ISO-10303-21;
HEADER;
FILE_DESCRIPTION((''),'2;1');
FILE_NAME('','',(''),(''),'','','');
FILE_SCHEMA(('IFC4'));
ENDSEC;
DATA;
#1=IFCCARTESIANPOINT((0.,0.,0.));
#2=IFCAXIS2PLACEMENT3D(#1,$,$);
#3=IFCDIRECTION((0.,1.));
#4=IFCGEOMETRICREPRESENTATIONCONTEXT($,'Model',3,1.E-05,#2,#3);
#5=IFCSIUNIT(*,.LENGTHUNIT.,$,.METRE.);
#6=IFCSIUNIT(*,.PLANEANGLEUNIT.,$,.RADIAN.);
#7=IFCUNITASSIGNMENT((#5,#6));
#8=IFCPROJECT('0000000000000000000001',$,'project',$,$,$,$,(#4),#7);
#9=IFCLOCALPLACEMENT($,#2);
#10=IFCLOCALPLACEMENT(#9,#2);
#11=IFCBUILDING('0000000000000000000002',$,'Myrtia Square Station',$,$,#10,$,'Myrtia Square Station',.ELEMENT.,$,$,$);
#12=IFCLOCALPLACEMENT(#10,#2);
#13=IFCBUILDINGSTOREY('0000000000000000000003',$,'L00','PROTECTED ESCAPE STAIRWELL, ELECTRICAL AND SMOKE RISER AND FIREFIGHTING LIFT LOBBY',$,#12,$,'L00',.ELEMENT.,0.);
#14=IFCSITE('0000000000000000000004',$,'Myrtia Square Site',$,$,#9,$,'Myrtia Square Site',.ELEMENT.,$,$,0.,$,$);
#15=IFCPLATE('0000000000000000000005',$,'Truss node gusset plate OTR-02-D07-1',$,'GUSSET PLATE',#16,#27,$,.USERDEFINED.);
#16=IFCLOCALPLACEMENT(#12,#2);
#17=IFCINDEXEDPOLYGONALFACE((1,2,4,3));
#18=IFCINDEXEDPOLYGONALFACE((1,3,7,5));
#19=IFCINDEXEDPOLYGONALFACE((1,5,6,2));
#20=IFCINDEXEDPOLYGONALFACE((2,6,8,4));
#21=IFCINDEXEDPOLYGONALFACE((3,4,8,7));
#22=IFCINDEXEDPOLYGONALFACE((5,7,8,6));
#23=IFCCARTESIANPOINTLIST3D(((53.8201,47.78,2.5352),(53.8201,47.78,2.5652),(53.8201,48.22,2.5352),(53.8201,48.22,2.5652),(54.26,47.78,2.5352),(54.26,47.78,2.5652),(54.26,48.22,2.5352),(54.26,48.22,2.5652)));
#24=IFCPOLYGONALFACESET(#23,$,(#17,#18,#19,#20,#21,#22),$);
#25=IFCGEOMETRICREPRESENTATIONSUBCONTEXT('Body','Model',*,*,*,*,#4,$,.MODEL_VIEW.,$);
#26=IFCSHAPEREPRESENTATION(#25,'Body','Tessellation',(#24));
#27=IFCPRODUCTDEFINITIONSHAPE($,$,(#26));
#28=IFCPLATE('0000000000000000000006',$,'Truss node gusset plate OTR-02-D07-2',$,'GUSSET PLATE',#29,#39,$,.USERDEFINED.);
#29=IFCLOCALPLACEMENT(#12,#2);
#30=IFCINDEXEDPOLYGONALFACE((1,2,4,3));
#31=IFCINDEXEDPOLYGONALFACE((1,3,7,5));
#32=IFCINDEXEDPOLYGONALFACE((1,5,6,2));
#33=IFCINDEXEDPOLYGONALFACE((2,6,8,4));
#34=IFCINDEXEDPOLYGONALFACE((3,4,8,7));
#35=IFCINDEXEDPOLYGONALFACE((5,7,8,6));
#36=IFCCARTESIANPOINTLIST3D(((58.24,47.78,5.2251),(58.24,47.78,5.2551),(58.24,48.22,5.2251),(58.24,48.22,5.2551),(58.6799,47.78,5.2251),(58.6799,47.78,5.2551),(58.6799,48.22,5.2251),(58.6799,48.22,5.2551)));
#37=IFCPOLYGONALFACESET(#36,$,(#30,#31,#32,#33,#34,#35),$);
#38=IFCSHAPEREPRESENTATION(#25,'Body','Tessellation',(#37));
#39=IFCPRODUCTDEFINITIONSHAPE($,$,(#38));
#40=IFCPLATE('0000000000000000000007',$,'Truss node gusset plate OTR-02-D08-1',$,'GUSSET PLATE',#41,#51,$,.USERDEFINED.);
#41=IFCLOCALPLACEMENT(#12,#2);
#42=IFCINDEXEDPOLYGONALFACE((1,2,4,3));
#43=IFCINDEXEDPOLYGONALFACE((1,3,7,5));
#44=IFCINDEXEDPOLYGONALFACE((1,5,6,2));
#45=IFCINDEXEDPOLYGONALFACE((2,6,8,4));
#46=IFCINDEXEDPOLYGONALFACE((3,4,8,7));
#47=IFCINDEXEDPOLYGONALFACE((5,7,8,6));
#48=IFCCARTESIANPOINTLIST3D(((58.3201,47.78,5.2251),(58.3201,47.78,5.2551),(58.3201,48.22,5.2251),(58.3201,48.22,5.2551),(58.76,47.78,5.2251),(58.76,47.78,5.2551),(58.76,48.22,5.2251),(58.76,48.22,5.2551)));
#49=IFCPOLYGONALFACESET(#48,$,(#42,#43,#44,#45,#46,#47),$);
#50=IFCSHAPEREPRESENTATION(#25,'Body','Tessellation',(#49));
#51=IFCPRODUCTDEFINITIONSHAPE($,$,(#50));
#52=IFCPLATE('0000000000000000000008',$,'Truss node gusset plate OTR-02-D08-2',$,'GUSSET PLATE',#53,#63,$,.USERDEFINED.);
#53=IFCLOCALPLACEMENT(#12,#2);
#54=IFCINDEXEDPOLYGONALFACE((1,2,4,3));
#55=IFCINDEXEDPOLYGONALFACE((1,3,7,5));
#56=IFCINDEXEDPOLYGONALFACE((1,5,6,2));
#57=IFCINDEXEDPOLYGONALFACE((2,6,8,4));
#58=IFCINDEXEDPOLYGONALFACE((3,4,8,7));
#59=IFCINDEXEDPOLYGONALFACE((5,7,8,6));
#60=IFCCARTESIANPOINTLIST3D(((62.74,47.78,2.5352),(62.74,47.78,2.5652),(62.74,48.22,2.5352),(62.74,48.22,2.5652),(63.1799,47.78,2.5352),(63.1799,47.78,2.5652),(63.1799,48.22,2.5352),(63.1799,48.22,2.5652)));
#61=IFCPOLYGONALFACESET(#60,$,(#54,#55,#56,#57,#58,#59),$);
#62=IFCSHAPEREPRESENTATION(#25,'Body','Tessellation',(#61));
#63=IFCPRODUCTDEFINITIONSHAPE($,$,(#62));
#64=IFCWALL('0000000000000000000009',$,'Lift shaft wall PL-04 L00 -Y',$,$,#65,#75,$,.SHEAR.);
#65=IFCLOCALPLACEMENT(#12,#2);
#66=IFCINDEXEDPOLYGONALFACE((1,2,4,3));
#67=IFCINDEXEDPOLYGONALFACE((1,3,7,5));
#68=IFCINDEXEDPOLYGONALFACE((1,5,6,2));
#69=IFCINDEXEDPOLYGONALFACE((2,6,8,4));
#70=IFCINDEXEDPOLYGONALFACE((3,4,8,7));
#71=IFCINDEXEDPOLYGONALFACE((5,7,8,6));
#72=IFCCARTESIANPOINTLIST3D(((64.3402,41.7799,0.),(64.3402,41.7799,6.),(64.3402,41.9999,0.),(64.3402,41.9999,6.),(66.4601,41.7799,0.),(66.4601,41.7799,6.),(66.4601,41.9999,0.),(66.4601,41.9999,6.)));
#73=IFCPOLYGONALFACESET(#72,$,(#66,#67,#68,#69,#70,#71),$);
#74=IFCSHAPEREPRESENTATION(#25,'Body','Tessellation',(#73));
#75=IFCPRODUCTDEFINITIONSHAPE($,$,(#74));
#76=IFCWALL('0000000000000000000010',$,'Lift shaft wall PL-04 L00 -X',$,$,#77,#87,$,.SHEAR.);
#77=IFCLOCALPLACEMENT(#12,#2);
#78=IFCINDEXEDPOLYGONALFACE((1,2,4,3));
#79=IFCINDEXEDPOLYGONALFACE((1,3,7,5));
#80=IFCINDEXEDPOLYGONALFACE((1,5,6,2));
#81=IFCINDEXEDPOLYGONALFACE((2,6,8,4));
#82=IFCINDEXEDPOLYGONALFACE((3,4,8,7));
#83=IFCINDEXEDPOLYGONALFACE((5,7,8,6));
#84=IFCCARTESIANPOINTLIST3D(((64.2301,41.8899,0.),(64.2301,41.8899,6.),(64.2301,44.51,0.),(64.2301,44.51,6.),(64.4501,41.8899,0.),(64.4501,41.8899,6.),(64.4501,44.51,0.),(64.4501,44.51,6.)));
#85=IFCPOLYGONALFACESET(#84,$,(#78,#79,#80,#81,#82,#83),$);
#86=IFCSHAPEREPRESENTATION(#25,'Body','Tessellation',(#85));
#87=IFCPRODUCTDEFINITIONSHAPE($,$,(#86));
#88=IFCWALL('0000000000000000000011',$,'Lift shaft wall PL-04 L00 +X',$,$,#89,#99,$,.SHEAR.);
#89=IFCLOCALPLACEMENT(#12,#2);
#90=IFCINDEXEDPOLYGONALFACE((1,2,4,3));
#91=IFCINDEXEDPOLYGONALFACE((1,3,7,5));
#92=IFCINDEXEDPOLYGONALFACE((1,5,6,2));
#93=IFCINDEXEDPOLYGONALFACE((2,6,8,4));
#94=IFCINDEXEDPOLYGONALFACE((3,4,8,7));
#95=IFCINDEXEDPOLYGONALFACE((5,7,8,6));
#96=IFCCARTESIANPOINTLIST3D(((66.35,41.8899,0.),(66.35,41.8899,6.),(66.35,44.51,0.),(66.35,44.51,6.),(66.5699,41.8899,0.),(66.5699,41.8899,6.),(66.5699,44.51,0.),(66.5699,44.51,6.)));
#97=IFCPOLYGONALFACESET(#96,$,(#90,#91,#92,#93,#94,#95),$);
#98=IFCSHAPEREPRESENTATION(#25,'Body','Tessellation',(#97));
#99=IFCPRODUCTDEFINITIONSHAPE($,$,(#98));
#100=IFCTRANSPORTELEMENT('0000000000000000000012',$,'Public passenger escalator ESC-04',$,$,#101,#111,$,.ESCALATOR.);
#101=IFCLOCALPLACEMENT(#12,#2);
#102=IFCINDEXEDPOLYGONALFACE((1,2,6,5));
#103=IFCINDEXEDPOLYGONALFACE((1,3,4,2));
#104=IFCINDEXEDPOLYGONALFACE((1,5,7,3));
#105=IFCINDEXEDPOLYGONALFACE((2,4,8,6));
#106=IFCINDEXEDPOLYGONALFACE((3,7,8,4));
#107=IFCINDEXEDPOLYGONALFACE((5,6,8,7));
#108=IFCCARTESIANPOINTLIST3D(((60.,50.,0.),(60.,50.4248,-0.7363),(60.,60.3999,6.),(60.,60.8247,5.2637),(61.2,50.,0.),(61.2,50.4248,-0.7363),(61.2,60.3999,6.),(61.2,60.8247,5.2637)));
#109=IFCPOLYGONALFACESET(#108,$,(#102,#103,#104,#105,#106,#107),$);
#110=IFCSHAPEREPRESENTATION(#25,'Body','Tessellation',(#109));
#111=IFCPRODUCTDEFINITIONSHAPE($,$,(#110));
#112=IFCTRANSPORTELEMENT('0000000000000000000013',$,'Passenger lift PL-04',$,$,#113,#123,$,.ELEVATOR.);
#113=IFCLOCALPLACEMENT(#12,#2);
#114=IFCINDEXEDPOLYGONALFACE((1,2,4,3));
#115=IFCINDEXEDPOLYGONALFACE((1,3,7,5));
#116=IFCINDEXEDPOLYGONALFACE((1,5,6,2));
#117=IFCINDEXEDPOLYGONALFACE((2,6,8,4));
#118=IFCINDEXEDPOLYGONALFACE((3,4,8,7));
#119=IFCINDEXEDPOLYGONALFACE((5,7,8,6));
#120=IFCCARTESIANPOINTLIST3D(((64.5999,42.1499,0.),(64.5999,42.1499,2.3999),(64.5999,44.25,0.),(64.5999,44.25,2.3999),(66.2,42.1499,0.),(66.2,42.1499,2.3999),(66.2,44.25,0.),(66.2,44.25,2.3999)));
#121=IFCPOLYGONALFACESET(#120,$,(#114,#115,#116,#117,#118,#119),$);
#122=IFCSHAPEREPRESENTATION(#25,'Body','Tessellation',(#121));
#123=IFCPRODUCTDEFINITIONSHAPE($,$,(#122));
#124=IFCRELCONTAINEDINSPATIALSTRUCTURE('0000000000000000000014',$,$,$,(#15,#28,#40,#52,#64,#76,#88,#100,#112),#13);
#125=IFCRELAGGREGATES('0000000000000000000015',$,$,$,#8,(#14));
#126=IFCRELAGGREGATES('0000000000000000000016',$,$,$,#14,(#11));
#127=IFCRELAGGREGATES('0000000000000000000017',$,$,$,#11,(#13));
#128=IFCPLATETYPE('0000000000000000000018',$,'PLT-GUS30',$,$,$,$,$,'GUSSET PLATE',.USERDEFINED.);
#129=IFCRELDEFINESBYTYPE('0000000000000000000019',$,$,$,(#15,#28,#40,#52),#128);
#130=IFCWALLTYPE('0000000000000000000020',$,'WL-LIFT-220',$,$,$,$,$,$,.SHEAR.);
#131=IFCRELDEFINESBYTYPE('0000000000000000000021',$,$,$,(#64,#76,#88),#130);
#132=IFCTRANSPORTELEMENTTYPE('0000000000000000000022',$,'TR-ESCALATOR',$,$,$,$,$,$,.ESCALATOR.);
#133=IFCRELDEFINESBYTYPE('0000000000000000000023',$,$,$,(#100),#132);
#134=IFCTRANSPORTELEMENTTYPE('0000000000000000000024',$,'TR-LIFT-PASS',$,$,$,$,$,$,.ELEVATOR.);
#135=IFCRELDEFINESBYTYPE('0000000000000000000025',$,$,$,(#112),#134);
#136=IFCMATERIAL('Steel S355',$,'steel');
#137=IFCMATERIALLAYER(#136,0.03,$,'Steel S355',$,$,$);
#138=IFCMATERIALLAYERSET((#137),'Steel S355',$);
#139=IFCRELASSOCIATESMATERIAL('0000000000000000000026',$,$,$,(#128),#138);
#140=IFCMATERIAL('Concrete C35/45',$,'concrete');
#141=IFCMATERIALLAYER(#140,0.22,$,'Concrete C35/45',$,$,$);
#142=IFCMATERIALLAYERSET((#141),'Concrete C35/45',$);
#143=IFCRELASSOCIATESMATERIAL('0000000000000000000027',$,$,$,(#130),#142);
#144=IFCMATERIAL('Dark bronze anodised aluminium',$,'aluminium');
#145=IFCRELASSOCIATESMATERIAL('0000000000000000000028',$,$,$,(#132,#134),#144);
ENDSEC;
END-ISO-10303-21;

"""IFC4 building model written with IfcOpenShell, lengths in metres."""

from ifc_helpers import new_model, si_unit, direction, frame, frame_2d, origin, origin_2d, place, context, subcontext, project, spatial, polyline, rectangle, outline, extrude, material, layer, layer_set, type_object, element, save


model = new_model("IFC4")

# Units and contexts
model_context = context("Model", 3, precision=1e-05, world=origin(), true_north=direction((0.0, 1.0)))
body_context = subcontext(model_context, "Body", "Model", "MODEL_VIEW")
ifc_project = project(units=[si_unit("LENGTHUNIT", "METRE"), si_unit("PLANEANGLEUNIT", "RADIAN")], contexts=[model_context])

# Site, building, storey
site_placement = place(None, origin())
site = spatial("IfcSite", under=ifc_project, at=site_placement, Name="Myrtia Square Site", LongName="Myrtia Square Site", CompositionType="ELEMENT", RefElevation=0.0)
building_placement = place(site_placement, origin())
building = spatial("IfcBuilding", under=site, at=building_placement, Name="Myrtia Square Station", LongName="Myrtia Square Station", CompositionType="ELEMENT")
storey_placement = place(building_placement, origin())
storey = spatial("IfcBuildingStorey", under=building, at=storey_placement, Name="L00", Description="PROTECTED ESCAPE STAIRWELL, ELECTRICAL AND SMOKE RISER AND FIREFIGHTING LIFT LOBBY", LongName="L00", CompositionType="ELEMENT", Elevation=0.0)

# Shared definitions
ifc_material_1 = material(Name="Steel S355", Category="steel")

# Plates
ifc_layer_1 = layer(ifc_material_1, 0.03, Name="Steel S355")
ifc_layer_set_1 = layer_set([ifc_layer_1], Name="Steel S355")
plate_type_1 = type_object("IfcPlateType", Name="PLT-GUS30", ElementType="GUSSET PLATE", PredefinedType="USERDEFINED", material=ifc_layer_set_1)
for number, where, z_axis, x_axis, name in (
    (1, (54.04, 48.0, 2.5352), (0.0, 0.0, 1.0), (1.0, 0.0, 0.0), "Truss node gusset plate OTR-02-D07-1"),
    (2, (58.46, 48.0, 5.2251), (0.0, 0.0, 1.0), (1.0, 0.0, 0.0), "Truss node gusset plate OTR-02-D07-2"),
    (3, (58.54, 48.0, 5.2251), (0.0, 0.0, 1.0), (1.0, 0.0, 0.0), "Truss node gusset plate OTR-02-D08-1"),
    (4, (62.96, 48.0, 2.5352), (0.0, 0.0, 1.0), (1.0, 0.0, 0.0), "Truss node gusset plate OTR-02-D08-2"),
):
    element("IfcPlate", number, at=place(storey_placement, frame(where, z_axis=z_axis, x_axis=x_axis)), inside=storey, type_object=plate_type_1, Name=name, ObjectType="GUSSET PLATE", PredefinedType="USERDEFINED", context=body_context, shape_type="SweptSolid", body=[
        extrude(rectangle(XDim=0.4399, YDim=0.4399, at=origin_2d()), origin(), (0.0, 0.0, 1.0), 0.03),
    ])

# Wall
ifc_material_2 = material(Name="Concrete C35/45", Category="concrete")
ifc_layer_2 = layer(ifc_material_2, 0.22, Name="Concrete C35/45")
ifc_layer_set_2 = layer_set([ifc_layer_2], Name="Concrete C35/45")
wall_type = type_object("IfcWallType", Name="WL-LIFT-220", PredefinedType="SHEAR", material=ifc_layer_set_2)
wall_1_placement = place(storey_placement, frame((64.3401, 41.8899, 0.0), z_axis=(0.0, 0.0, 1.0), x_axis=(1.0, 0.0, 0.0)))
element("IfcWall", 5, at=wall_1_placement, inside=storey, type_object=wall_type, Name="Lift shaft wall PL-04 L00 -Y", PredefinedType="SHEAR", context=body_context, shape_type="SweptSolid", body=[
    extrude(rectangle(XDim=2.1199, YDim=0.22, at=frame_2d((1.0601, 0.0))), origin(), (0.0, 0.0, 1.0), 6.0),
])

# Shared definitions
ifc_material_3 = material(Name="Dark bronze anodised aluminium", Category="aluminium")

# Walls
for number, where, z_axis, x_axis, name in (
    (6, (64.3401, 41.8899, 0.0), (0.0, 0.0, 1.0), (0.0, 1.0, 0.0), "Lift shaft wall PL-04 L00 -X"),
    (7, (66.46, 41.8899, 0.0), (0.0, 0.0, 1.0), (0.0, 1.0, 0.0), "Lift shaft wall PL-04 L00 +X"),
):
    element("IfcWall", number, at=place(storey_placement, frame(where, z_axis=z_axis, x_axis=x_axis)), inside=storey, type_object=wall_type, Name=name, PredefinedType="SHEAR", context=body_context, shape_type="SweptSolid", body=[
        extrude(rectangle(XDim=2.6201, YDim=0.22, at=frame_2d((1.3101, 0.0))), origin(), (0.0, 0.0, 1.0), 6.0),
    ])

# Transport elements
transport_element_type_1 = type_object("IfcTransportElementType", Name="TR-ESCALATOR", PredefinedType="ESCALATOR", material=ifc_material_3)
transport_element_1_placement = place(storey_placement, frame((60.0, 50.0, 0.0), z_axis=(0.0, -0.499726, 0.866184), x_axis=(0.0, 0.866184, 0.499726)))
element("IfcTransportElement", 8, at=transport_element_1_placement, inside=storey, type_object=transport_element_type_1, Name="Public passenger escalator ESC-04", PredefinedType="ESCALATOR", context=body_context, shape_type="SweptSolid", body=[
    extrude(outline(polyline([(0.0, 0.0), (12.0066, 0.0), (12.0066, -1.2), (0.0, -1.2), (0.0, 0.0)])), origin(), (0.0, 0.0, -1.0), 0.8501),
])
transport_element_type_2 = type_object("IfcTransportElementType", Name="TR-LIFT-PASS", PredefinedType="ELEVATOR", material=ifc_material_3)
transport_element_2_placement = place(storey_placement, frame((65.3999, 43.2, 0.0), z_axis=(0.0, 0.0, 1.0), x_axis=(1.0, 0.0, 0.0)))
element("IfcTransportElement", 9, at=transport_element_2_placement, inside=storey, type_object=transport_element_type_2, Name="Passenger lift PL-04", PredefinedType="ELEVATOR", context=body_context, shape_type="SweptSolid", body=[
    extrude(rectangle(XDim=1.6001, YDim=2.1001, at=origin_2d()), origin(), (0.0, 0.0, 1.0), 2.3999),
])

save(model, "model.ifc")
